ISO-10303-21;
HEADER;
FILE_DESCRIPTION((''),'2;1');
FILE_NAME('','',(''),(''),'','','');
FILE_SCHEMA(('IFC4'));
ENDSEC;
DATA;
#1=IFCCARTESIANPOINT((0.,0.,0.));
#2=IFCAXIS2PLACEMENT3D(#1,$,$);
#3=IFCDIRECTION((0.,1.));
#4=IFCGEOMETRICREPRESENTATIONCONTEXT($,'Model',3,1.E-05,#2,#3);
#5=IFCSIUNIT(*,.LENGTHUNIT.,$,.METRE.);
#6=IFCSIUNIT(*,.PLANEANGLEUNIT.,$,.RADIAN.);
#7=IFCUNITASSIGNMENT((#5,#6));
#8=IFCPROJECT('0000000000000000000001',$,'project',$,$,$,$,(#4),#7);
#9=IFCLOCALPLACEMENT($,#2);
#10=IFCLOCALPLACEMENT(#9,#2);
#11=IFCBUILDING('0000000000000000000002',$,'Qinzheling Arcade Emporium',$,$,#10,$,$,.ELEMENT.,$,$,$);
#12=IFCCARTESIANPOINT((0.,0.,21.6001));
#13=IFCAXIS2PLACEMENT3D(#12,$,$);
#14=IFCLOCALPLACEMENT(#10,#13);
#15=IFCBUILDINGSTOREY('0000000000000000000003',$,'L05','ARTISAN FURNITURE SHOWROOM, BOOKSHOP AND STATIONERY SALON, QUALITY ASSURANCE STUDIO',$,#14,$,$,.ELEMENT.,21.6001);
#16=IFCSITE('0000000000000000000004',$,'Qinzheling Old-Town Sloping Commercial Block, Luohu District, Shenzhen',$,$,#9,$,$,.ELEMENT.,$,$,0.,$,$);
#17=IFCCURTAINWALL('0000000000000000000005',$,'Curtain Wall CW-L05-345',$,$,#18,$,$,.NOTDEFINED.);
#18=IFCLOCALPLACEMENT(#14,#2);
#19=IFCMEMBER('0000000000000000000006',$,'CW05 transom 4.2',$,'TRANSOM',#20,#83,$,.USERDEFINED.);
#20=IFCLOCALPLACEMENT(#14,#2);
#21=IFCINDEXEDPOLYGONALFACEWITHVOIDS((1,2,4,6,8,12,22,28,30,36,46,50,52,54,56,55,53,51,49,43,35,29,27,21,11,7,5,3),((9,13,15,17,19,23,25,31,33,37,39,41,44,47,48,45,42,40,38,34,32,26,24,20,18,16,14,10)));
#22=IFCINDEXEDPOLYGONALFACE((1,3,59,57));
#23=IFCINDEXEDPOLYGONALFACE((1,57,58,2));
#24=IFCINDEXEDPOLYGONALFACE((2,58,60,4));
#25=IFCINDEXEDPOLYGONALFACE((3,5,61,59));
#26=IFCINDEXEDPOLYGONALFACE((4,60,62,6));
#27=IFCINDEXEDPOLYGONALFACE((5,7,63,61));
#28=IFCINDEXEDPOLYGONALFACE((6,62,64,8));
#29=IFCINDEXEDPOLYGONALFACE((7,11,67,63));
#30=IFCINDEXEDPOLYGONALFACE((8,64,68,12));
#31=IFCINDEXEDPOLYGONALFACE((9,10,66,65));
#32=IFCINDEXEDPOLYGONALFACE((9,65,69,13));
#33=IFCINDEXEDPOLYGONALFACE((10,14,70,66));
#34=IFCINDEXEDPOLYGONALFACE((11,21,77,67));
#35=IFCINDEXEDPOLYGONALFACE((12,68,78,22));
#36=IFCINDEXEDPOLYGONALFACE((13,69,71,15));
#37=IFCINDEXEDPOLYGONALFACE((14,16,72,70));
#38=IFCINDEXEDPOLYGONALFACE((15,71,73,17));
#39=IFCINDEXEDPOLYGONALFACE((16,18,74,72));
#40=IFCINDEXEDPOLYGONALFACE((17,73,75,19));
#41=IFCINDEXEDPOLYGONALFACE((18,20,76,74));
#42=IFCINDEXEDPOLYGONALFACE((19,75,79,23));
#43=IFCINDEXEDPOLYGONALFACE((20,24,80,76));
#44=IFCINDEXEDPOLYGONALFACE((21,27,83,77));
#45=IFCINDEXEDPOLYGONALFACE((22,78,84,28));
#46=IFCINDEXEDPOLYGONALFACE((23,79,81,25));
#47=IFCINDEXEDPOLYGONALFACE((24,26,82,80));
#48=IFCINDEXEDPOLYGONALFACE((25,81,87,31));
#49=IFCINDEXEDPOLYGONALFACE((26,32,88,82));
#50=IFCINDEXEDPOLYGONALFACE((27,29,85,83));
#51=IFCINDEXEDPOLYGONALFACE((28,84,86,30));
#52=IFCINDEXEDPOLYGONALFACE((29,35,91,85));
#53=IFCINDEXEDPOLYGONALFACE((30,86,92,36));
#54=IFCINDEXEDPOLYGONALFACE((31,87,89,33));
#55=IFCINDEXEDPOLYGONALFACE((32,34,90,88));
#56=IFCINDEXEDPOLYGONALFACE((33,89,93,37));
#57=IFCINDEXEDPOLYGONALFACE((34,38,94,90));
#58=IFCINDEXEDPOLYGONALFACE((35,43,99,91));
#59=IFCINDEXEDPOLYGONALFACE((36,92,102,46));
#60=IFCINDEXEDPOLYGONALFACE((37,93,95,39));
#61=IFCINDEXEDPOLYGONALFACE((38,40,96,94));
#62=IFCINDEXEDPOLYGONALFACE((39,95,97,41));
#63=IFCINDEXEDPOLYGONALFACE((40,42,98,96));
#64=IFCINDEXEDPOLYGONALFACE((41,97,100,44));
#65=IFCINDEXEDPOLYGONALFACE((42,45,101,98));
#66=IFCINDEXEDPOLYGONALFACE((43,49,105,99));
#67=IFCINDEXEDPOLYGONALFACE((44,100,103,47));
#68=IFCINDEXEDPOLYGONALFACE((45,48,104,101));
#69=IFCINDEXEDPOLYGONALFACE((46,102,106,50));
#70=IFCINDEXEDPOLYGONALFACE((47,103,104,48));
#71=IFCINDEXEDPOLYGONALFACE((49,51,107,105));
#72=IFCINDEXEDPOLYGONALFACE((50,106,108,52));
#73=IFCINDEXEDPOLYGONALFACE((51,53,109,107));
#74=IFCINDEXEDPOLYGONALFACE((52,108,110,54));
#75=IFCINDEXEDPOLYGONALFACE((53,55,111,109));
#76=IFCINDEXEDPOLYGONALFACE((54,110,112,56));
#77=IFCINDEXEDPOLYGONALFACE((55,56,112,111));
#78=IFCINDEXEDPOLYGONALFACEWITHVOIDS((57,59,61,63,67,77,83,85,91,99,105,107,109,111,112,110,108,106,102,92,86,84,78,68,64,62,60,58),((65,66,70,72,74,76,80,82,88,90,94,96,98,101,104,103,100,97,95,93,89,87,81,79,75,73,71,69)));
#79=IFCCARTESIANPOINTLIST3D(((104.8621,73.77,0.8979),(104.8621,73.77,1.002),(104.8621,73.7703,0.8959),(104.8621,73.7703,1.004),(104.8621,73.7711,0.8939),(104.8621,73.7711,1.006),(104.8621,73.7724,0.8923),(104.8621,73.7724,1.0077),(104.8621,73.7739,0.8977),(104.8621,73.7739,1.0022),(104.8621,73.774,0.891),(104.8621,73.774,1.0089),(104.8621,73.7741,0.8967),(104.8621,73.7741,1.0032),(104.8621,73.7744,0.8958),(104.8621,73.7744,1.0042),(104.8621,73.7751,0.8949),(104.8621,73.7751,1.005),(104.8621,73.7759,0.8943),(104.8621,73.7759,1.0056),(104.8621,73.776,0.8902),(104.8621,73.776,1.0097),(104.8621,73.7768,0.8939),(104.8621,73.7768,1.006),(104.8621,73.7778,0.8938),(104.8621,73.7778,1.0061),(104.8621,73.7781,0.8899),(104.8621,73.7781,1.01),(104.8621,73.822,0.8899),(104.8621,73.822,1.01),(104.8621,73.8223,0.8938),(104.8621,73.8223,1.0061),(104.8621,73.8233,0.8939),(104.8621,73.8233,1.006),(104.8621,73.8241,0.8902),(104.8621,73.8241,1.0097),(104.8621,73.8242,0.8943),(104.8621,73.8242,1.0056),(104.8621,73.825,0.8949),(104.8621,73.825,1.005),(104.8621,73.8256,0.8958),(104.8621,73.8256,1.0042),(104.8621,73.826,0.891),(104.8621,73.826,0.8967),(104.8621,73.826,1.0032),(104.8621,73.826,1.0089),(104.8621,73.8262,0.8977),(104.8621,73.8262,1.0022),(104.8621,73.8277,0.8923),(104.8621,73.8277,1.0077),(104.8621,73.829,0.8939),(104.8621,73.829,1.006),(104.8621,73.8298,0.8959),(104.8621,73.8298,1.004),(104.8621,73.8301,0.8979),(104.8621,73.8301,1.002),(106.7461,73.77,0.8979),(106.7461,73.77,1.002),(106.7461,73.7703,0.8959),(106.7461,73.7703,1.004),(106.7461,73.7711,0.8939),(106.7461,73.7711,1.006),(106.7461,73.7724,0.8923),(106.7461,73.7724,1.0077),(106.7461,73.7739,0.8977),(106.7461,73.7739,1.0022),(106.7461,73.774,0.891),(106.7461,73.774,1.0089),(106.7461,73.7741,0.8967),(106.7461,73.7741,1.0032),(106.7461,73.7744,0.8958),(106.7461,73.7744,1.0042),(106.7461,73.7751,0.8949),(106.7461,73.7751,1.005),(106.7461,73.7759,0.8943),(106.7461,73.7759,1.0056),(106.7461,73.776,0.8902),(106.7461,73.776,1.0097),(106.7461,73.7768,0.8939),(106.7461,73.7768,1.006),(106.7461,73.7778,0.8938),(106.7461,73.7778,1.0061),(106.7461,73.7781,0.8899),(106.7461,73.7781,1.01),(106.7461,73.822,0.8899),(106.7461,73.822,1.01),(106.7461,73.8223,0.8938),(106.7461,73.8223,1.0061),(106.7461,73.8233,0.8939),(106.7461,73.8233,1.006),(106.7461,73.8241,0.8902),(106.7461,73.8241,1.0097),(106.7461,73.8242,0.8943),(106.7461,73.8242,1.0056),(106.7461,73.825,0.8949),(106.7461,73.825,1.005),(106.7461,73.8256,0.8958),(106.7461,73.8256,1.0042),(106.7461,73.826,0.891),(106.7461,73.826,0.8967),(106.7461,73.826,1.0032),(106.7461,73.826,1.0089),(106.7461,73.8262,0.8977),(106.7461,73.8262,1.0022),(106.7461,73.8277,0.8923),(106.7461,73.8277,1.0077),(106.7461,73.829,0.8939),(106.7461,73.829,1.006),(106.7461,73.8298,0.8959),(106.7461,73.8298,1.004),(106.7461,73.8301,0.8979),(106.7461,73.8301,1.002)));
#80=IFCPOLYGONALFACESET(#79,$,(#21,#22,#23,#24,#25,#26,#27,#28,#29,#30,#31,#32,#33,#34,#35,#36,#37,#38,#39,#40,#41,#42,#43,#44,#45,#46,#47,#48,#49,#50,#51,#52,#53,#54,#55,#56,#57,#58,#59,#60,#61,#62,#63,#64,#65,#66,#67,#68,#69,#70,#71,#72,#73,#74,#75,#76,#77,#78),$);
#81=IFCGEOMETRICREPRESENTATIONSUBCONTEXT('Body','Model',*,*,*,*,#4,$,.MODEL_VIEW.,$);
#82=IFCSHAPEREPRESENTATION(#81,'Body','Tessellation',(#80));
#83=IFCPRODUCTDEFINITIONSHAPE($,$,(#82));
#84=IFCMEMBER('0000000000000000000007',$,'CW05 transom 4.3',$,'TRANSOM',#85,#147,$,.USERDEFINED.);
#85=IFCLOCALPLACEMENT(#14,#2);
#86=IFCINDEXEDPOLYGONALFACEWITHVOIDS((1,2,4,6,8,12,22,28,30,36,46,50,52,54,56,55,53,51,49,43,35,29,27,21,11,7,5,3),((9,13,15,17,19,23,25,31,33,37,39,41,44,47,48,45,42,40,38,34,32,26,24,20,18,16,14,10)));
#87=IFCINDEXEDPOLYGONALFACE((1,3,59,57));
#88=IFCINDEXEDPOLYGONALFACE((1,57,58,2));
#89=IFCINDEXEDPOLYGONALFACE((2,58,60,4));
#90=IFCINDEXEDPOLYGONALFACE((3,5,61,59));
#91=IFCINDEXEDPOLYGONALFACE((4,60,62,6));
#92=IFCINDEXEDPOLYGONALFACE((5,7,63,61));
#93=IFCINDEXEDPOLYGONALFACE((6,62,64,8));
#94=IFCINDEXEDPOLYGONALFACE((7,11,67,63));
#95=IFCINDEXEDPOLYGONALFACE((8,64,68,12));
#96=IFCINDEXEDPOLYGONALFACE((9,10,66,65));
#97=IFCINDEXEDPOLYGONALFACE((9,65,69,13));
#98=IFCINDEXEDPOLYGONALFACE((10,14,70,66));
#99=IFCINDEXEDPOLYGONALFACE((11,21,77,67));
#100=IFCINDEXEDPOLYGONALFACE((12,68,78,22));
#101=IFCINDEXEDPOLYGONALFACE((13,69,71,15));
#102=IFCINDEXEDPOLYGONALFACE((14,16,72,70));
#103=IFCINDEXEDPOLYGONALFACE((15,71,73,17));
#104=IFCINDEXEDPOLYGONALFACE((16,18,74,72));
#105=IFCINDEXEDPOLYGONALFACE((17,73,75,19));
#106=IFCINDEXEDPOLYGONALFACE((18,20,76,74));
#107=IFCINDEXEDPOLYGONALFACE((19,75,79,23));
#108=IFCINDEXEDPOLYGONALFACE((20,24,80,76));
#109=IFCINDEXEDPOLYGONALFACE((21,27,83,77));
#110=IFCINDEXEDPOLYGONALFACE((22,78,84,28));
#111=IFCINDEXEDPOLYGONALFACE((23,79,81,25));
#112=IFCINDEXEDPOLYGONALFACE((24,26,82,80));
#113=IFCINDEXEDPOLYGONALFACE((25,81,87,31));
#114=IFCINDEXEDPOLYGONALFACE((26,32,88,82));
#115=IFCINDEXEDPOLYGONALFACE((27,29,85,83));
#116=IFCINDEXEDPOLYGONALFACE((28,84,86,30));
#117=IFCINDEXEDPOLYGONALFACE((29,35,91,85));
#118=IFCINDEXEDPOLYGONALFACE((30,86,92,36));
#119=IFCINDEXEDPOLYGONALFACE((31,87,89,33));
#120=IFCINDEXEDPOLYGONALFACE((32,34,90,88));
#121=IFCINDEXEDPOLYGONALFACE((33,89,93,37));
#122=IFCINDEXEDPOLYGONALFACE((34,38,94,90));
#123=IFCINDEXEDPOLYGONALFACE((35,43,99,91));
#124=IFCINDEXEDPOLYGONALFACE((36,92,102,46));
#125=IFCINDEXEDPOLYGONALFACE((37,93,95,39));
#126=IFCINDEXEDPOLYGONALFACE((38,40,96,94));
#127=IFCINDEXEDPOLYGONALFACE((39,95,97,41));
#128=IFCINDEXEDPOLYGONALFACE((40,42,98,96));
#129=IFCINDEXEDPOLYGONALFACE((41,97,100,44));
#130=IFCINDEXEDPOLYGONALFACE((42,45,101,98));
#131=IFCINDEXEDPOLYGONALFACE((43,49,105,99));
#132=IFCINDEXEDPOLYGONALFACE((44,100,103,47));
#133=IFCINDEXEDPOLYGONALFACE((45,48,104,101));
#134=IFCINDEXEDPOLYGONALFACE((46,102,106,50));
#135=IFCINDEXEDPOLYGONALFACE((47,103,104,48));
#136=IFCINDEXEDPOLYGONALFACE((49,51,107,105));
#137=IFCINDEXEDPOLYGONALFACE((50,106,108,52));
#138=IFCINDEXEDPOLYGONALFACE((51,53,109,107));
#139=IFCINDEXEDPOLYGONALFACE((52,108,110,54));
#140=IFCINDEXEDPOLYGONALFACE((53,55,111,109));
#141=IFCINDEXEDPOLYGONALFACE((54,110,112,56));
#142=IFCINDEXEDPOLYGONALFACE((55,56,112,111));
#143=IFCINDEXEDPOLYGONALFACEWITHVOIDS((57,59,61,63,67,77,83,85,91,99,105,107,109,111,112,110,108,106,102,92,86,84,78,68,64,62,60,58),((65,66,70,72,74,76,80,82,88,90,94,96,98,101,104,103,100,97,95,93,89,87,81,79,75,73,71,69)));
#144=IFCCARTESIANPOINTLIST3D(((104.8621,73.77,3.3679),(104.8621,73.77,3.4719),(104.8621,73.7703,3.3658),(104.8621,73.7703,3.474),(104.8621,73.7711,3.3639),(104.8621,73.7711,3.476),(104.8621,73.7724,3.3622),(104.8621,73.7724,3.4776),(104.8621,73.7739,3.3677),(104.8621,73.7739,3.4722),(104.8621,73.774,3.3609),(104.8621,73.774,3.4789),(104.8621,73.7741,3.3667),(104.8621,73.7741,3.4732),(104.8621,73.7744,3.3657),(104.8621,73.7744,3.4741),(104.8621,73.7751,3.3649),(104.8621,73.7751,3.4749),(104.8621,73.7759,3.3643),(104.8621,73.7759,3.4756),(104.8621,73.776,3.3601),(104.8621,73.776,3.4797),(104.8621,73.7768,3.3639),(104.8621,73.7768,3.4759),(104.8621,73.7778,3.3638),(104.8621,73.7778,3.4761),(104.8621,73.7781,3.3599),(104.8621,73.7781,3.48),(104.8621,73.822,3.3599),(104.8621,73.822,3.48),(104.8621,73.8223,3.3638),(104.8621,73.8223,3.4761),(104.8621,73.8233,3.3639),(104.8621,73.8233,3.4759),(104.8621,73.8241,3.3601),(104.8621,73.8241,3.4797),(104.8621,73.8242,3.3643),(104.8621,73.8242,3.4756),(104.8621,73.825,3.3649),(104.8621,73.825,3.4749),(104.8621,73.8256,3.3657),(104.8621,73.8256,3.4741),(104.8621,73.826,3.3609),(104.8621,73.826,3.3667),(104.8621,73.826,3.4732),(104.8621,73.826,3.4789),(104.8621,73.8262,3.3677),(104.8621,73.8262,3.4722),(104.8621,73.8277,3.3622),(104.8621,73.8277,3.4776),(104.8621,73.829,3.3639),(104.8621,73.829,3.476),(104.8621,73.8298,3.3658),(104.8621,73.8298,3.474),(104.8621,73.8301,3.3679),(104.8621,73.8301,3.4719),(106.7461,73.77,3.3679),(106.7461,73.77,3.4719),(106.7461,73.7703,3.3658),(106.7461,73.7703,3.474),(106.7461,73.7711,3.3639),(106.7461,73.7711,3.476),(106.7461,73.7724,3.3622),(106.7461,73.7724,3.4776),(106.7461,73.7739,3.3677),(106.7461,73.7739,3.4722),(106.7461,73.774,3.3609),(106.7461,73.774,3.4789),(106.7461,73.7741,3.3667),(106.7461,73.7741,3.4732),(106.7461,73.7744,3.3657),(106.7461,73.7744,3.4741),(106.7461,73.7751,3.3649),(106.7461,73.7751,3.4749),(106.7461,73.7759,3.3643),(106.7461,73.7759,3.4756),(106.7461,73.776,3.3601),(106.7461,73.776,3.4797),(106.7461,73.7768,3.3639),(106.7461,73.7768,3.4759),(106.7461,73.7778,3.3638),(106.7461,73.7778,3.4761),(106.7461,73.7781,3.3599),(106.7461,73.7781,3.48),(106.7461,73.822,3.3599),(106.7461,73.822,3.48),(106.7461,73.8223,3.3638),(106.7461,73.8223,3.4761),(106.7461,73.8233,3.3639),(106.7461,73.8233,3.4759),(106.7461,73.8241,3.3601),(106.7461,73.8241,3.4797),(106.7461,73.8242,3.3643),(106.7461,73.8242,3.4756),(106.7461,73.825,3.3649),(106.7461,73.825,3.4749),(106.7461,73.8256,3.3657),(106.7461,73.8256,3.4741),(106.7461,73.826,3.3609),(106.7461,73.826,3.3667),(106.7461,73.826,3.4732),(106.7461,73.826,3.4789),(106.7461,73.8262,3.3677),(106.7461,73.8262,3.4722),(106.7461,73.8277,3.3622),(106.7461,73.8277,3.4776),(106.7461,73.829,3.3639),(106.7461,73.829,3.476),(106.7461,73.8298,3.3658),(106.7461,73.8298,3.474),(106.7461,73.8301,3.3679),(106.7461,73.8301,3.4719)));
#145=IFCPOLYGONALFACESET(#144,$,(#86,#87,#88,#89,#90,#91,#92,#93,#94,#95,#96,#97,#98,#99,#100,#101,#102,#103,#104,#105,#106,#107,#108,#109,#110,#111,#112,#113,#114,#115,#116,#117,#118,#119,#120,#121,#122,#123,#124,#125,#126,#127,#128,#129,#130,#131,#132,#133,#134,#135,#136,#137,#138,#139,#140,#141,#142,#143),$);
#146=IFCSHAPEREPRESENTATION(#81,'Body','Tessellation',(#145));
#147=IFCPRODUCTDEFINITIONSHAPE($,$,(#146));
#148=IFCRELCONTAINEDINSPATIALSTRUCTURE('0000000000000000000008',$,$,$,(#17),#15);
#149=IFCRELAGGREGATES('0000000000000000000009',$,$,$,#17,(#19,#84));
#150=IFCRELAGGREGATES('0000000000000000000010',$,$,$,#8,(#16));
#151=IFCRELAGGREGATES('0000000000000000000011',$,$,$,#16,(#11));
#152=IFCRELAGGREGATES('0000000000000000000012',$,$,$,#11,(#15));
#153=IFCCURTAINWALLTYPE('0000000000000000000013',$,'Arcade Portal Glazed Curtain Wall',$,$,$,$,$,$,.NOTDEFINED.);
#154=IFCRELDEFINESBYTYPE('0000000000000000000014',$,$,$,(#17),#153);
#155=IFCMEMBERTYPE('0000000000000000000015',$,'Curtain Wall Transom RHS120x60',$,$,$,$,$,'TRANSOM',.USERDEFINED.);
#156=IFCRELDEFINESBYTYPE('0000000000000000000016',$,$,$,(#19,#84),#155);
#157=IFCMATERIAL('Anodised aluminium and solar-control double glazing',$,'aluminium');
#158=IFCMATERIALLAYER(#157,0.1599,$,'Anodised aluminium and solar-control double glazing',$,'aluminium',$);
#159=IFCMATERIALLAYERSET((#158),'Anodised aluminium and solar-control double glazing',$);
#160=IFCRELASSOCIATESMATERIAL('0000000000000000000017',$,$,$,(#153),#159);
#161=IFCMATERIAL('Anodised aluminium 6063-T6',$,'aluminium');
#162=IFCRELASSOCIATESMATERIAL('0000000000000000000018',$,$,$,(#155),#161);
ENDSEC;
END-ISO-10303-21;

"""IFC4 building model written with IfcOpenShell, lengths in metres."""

from ifc_helpers import new_model, si_unit, direction, frame, origin, origin_2d, place, context, subcontext, project, spatial, hollow_rectangle, extrude, material, layer, layer_set, material_profile, profile_set, type_object, element, aggregate, save


model = new_model("IFC4")

# Units and contexts
model_context = context("Model", 3, precision=1e-05, world=origin(), true_north=direction((0.0, 1.0)))
body_context = subcontext(model_context, "Body", "Model", "MODEL_VIEW")
ifc_project = project(units=[si_unit("LENGTHUNIT", "METRE"), si_unit("PLANEANGLEUNIT", "RADIAN")], contexts=[model_context])

# Site, building, storey
site_placement = place(None, origin())
site = spatial("IfcSite", under=ifc_project, at=site_placement, Name="Qinzheling Old-Town Sloping Commercial Block, Luohu District, Shenzhen", CompositionType="ELEMENT", RefElevation=0.0)
building_placement = place(site_placement, origin())
building = spatial("IfcBuilding", under=site, at=building_placement, Name="Qinzheling Arcade Emporium", CompositionType="ELEMENT")
storey_placement = place(building_placement, frame((0.0, 0.0, 21.6001)))
storey = spatial("IfcBuildingStorey", under=building, at=storey_placement, Name="L05", Description="ARTISAN FURNITURE SHOWROOM, BOOKSHOP AND STATIONERY SALON, QUALITY ASSURANCE STUDIO", CompositionType="ELEMENT", Elevation=21.6001)

# Shared definitions
ifc_material_1 = material(Name="Anodised aluminium and solar-control double glazing", Category="aluminium")
ifc_material_2 = material(Name="Anodised aluminium 6063-T6", Category="aluminium")

# Curtain wall
ifc_layer_1 = layer(ifc_material_1, 0.1599, Name="Anodised aluminium and solar-control double glazing", Category="aluminium")
ifc_layer_set_1 = layer_set([ifc_layer_1], Name="Anodised aluminium and solar-control double glazing")
curtain_wall_type_1 = type_object("IfcCurtainWallType", Name="Arcade Portal Glazed Curtain Wall", PredefinedType="NOTDEFINED", material=ifc_layer_set_1)
curtain_wall_1_placement = place(storey_placement, origin())
curtain_wall_1 = element("IfcCurtainWall", 1, at=curtain_wall_1_placement, inside=storey, type_object=curtain_wall_type_1, Name="Curtain Wall CW-L05-345", PredefinedType="NOTDEFINED")

# Members
ifc_material_profile_1 = material_profile(ifc_material_2, hollow_rectangle(XDim=0.0601, YDim=0.1201, WallThickness=0.0039, InnerFilletRadius=0.0039, OuterFilletRadius=0.0081, at=origin_2d()), Name="RHS 120x60x4", Category="aluminium")
ifc_profile_set_1 = profile_set([ifc_material_profile_1], Name="Anodised aluminium 6063-T6")
member_type_1 = type_object("IfcMemberType", Name="Curtain Wall Transom RHS120x60", ElementType="TRANSOM", PredefinedType="USERDEFINED", material=ifc_profile_set_1)
member_1_placement = place(storey_placement, frame((106.7461, 73.8, 0.95), z_axis=(-1.0, 0.0, 0.0), x_axis=(0.0, -1.0, 0.0)))
member_1 = element("IfcMember", 2, at=member_1_placement, type_object=member_type_1, Name="CW05 transom 4.2", ObjectType="TRANSOM", PredefinedType="USERDEFINED", context=body_context, shape_type="SweptSolid", body=[
    extrude(hollow_rectangle(XDim=0.0601, YDim=0.1201, WallThickness=0.0039, InnerFilletRadius=0.0039, OuterFilletRadius=0.0081, at=origin_2d()), origin(), (0.0, 0.0, 1.0), 1.884),
])
member_2_placement = place(storey_placement, frame((106.7461, 73.8, 3.4199), z_axis=(-1.0, 0.0, 0.0), x_axis=(0.0, -1.0, 0.0)))
member_2 = element("IfcMember", 3, at=member_2_placement, type_object=member_type_1, Name="CW05 transom 4.3", ObjectType="TRANSOM", PredefinedType="USERDEFINED", context=body_context, shape_type="SweptSolid", body=[
    extrude(hollow_rectangle(XDim=0.0601, YDim=0.1201, WallThickness=0.0039, InnerFilletRadius=0.0039, OuterFilletRadius=0.0081, at=origin_2d()), origin(), (0.0, 0.0, 1.0), 1.884),
])

aggregate(curtain_wall_1, [member_1, member_2])

save(model, "model.ifc")
